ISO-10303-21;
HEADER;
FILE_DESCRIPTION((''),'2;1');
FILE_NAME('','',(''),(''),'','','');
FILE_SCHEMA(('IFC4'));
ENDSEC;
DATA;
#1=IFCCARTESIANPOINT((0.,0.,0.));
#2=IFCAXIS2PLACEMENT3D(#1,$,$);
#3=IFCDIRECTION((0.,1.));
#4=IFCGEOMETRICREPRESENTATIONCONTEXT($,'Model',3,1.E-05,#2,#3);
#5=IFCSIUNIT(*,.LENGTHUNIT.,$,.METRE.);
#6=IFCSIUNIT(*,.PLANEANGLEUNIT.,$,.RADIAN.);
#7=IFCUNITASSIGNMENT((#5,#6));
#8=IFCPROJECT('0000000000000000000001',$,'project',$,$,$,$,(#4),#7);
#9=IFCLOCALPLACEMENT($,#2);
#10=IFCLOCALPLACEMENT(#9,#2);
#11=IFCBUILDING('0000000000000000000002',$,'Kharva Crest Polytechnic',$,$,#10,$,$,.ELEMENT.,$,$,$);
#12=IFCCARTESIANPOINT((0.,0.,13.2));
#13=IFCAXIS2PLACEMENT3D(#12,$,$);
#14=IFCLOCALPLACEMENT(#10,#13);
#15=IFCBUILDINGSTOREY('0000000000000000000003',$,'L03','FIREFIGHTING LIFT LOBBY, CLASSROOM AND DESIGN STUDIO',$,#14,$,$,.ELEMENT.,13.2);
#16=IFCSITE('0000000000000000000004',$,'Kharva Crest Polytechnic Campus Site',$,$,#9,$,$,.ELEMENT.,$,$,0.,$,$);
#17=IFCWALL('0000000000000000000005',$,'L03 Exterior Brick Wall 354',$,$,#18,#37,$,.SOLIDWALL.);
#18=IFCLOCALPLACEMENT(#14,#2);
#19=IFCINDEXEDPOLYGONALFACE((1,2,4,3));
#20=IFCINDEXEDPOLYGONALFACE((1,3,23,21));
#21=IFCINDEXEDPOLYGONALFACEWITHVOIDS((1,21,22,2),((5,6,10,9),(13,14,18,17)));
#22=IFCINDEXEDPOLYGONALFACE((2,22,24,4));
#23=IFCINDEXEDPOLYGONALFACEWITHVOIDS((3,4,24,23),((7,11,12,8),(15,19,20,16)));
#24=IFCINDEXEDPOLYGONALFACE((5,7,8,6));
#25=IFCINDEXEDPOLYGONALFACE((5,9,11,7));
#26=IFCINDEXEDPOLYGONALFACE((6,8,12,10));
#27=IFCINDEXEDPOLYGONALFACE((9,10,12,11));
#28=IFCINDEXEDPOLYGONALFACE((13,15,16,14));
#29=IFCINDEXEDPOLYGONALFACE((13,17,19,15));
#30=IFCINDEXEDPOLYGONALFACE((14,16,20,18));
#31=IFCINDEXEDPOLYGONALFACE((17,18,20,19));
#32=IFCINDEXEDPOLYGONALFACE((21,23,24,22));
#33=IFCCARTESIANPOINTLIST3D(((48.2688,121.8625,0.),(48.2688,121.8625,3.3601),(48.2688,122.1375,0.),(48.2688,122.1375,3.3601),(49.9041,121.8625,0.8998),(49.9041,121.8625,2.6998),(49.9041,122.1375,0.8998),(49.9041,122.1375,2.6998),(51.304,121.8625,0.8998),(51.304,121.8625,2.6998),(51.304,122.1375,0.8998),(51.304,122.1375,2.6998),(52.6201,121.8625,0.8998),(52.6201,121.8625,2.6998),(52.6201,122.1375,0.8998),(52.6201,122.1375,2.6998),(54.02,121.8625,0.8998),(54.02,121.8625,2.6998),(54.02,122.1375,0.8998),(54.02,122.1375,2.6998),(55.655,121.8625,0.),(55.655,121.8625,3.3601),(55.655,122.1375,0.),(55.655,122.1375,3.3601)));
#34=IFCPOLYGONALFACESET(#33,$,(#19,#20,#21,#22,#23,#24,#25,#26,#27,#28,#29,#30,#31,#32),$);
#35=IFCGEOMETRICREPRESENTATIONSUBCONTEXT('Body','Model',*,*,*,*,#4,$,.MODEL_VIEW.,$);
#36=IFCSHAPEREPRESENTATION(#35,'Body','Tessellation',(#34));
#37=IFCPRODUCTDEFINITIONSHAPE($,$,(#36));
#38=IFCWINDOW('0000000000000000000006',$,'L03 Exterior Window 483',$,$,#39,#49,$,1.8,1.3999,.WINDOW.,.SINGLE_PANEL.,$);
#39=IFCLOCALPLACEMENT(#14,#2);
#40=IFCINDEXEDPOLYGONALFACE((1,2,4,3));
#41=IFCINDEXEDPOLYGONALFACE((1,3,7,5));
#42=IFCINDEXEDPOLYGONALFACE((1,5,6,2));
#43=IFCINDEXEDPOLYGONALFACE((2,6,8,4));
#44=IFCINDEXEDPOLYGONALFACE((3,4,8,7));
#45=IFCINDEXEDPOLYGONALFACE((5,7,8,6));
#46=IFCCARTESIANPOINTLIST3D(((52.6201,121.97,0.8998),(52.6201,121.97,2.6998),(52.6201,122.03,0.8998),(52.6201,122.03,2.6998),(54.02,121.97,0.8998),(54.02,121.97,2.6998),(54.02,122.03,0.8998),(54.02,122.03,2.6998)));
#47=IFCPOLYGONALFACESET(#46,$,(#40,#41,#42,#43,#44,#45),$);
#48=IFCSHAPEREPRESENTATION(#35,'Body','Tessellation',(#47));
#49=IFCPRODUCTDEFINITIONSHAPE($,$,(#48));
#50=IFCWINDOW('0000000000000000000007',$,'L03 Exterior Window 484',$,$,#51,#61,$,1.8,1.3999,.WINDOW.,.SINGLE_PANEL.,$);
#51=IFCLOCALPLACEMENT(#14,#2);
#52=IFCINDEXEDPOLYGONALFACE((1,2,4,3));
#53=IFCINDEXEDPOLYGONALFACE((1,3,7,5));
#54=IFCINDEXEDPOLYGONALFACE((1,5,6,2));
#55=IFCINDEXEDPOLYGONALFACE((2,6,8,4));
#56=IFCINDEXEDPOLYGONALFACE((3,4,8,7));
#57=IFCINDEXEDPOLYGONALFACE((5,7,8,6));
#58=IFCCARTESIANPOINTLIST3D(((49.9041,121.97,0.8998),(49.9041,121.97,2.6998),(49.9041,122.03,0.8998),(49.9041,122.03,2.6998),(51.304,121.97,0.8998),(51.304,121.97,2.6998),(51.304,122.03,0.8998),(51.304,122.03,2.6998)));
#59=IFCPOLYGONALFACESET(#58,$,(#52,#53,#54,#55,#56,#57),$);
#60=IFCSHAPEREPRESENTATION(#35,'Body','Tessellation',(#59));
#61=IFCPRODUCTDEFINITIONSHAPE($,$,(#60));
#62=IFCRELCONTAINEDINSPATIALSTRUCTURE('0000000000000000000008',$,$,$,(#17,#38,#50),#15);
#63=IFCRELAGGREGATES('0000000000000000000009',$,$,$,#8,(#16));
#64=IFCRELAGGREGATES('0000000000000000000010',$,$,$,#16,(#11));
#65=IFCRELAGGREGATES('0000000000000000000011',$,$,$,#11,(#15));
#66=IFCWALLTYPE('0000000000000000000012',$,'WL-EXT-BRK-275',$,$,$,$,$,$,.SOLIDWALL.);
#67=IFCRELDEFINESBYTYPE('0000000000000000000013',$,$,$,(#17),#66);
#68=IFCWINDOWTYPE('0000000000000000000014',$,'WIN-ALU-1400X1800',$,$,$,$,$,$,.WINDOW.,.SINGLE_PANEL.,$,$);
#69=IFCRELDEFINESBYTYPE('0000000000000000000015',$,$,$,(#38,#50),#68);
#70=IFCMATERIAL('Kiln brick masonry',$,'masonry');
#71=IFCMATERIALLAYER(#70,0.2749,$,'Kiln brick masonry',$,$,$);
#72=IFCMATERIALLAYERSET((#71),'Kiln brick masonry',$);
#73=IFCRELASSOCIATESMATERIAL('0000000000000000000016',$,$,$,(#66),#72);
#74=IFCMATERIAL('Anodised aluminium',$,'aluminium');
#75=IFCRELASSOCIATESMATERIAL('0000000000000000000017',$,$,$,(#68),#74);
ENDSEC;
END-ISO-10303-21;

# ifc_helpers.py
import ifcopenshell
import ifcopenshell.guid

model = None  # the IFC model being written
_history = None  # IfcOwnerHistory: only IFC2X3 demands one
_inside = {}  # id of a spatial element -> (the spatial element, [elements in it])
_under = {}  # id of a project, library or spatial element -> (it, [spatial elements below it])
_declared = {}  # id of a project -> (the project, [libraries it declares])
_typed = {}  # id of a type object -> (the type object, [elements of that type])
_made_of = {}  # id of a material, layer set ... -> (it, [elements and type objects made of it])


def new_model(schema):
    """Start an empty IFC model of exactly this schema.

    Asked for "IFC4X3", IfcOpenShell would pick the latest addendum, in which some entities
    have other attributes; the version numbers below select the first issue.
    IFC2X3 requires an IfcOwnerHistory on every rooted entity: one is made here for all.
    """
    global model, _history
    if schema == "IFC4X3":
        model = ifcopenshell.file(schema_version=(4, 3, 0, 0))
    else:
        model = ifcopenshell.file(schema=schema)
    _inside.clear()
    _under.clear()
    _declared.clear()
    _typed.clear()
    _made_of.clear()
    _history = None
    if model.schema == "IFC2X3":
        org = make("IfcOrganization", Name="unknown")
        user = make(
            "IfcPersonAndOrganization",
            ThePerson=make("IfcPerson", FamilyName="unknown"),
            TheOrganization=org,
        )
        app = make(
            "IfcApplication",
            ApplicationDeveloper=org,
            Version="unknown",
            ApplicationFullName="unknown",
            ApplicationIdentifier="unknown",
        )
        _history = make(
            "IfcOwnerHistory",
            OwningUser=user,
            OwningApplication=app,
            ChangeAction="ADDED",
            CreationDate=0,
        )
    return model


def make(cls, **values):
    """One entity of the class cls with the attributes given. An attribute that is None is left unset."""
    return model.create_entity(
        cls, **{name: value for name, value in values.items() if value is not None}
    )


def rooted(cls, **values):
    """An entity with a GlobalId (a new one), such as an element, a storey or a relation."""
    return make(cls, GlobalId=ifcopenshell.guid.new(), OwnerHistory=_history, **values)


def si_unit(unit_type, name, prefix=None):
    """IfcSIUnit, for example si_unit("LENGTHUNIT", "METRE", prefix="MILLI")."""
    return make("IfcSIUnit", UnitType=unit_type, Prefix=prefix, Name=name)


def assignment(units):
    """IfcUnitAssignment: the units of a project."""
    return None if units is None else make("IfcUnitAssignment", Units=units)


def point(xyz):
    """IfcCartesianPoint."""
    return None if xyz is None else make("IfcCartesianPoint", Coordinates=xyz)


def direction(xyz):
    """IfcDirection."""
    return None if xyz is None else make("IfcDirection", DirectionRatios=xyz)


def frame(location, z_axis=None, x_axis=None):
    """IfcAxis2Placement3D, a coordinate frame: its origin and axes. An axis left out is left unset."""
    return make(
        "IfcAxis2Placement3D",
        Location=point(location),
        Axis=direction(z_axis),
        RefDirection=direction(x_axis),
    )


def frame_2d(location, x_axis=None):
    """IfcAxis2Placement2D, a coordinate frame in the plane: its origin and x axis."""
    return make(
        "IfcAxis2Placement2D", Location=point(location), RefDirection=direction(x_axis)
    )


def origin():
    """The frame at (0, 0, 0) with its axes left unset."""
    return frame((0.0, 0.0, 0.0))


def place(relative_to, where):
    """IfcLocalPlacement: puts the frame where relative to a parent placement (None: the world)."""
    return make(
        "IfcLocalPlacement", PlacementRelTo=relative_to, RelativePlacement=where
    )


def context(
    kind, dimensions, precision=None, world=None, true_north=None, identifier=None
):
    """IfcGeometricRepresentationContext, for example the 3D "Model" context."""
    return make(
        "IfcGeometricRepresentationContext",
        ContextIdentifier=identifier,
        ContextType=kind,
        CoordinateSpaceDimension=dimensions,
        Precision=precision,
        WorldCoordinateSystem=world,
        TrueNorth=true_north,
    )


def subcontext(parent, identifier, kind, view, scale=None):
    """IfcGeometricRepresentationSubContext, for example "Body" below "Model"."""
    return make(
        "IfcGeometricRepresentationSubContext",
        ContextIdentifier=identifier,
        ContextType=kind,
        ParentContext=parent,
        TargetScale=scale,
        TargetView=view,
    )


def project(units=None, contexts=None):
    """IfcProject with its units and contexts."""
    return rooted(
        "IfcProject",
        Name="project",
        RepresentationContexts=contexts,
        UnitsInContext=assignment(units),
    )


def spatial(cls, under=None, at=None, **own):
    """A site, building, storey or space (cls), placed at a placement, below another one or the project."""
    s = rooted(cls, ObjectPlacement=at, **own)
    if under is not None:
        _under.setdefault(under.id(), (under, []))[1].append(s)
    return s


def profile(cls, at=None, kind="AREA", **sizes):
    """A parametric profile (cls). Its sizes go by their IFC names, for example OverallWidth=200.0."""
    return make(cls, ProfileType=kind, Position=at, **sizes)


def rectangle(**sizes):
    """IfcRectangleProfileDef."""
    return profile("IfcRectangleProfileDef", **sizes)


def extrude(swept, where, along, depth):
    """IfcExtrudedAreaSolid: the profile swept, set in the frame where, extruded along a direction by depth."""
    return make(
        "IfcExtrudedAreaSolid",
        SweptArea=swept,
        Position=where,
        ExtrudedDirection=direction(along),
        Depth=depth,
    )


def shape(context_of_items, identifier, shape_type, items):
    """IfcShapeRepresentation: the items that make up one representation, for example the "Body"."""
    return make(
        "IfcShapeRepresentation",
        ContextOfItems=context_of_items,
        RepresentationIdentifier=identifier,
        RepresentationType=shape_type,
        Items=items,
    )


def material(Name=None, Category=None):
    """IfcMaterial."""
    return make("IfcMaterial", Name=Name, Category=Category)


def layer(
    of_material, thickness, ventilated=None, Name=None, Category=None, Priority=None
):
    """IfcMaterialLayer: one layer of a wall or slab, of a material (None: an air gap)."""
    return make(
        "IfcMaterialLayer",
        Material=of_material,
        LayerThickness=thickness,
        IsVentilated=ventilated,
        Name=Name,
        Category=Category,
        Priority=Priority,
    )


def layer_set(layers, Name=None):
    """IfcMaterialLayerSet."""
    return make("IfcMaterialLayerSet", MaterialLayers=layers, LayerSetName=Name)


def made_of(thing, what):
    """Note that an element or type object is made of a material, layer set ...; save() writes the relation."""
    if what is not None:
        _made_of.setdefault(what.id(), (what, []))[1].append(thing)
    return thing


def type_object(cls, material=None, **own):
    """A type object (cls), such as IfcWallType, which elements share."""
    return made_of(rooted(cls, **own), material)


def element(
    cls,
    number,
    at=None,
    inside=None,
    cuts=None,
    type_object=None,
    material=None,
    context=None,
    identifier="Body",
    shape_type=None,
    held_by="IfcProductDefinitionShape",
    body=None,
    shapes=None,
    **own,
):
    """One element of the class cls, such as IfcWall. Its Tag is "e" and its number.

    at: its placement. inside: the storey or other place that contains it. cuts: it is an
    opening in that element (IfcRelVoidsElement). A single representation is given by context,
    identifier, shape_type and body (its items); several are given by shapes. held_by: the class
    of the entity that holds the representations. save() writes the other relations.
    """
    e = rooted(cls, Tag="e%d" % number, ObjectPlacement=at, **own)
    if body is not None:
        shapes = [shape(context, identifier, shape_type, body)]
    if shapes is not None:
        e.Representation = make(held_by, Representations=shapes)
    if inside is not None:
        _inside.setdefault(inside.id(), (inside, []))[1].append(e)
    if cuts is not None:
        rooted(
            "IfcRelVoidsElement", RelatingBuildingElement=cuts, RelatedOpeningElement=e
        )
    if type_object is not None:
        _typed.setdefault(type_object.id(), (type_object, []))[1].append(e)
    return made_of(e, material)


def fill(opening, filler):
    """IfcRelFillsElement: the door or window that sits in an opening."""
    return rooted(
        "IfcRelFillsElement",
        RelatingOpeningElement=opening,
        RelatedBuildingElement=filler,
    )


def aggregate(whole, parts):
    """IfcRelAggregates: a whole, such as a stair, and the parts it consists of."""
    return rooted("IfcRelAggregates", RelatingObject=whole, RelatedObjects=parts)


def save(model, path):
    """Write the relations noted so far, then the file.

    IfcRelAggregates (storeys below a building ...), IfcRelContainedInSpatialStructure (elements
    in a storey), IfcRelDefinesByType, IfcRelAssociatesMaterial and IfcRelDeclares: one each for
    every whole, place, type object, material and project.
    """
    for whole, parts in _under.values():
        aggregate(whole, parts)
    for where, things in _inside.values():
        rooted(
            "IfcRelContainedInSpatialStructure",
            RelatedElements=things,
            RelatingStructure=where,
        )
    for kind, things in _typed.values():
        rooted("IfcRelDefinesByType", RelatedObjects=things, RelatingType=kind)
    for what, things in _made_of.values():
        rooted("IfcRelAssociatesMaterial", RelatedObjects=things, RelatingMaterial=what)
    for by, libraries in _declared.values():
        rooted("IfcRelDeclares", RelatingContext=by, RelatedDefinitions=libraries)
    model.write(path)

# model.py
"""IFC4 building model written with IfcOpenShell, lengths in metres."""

from ifc_helpers import new_model, si_unit, direction, frame, frame_2d, origin, place, context, subcontext, project, spatial, rectangle, extrude, material, layer, layer_set, type_object, element, fill, save


model = new_model("IFC4")

# Units and contexts
model_context = context("Model", 3, precision=1e-05, world=origin(), true_north=direction((0.0, 1.0)))
body_context = subcontext(model_context, "Body", "Model", "MODEL_VIEW")
ifc_project = project(units=[si_unit("LENGTHUNIT", "METRE"), si_unit("PLANEANGLEUNIT", "RADIAN")], contexts=[model_context])

# Site, building, storey
site_placement = place(None, origin())
site = spatial("IfcSite", under=ifc_project, at=site_placement, Name="Kharva Crest Polytechnic Campus Site", CompositionType="ELEMENT", RefElevation=0.0)
building_placement = place(site_placement, origin())
building = spatial("IfcBuilding", under=site, at=building_placement, Name="Kharva Crest Polytechnic", CompositionType="ELEMENT")
storey_placement = place(building_placement, frame((0.0, 0.0, 13.2)))
storey = spatial("IfcBuildingStorey", under=building, at=storey_placement, Name="L03", Description="FIREFIGHTING LIFT LOBBY, CLASSROOM AND DESIGN STUDIO", CompositionType="ELEMENT", Elevation=13.2)

# Wall, openings, windows
ifc_material_1 = material(Name="Kiln brick masonry", Category="masonry")
ifc_layer_1 = layer(ifc_material_1, 0.2749, Name="Kiln brick masonry")
ifc_layer_set_1 = layer_set([ifc_layer_1], Name="Kiln brick masonry")
wall_type = type_object("IfcWallType", Name="WL-EXT-BRK-275", PredefinedType="SOLIDWALL", material=ifc_layer_set_1)
wall_placement = place(storey_placement, frame((55.655, 122.0, 0.0), z_axis=(0.0, 0.0, 1.0), x_axis=(-1.0, 0.0, 0.0)))
wall = element("IfcWall", 1, at=wall_placement, inside=storey, type_object=wall_type, Name="L03 Exterior Brick Wall 354", PredefinedType="SOLIDWALL", context=body_context, shape_type="SweptSolid", body=[
    extrude(rectangle(XDim=7.3862, YDim=0.2749, at=frame_2d((3.6931, 0.0))), origin(), (0.0, 0.0, 1.0), 3.3601),
])
opening_1_placement = place(wall_placement, frame((1.635, 0.0, 0.8999)))
opening_1 = element("IfcOpeningElement", 2, at=opening_1_placement, cuts=wall, PredefinedType="OPENING", context=body_context, shape_type="SweptSolid", body=[
    extrude(rectangle(XDim=1.3999, YDim=1.8, at=frame_2d((0.7, 0.8999))), frame((0.0, 0.1475, 0.0), z_axis=(0.0, -1.0, 0.0), x_axis=(1.0, 0.0, 0.0)), (0.0, 0.0, 1.0), 0.2949),
])
opening_2_placement = place(wall_placement, frame((4.3511, 0.0, 0.8999)))
opening_2 = element("IfcOpeningElement", 3, at=opening_2_placement, cuts=wall, PredefinedType="OPENING", context=body_context, shape_type="SweptSolid", body=[
    extrude(rectangle(XDim=1.3999, YDim=1.8, at=frame_2d((0.7, 0.8999))), frame((0.0, 0.1475, 0.0), z_axis=(0.0, -1.0, 0.0), x_axis=(1.0, 0.0, 0.0)), (0.0, 0.0, 1.0), 0.2949),
])
ifc_material_2 = material(Name="Anodised aluminium", Category="aluminium")
window_type = type_object("IfcWindowType", Name="WIN-ALU-1400X1800", PartitioningType="SINGLE_PANEL", PredefinedType="WINDOW", material=ifc_material_2)
window_1_placement = place(opening_1_placement, origin())
window_1 = element("IfcWindow", 4, at=window_1_placement, inside=storey, type_object=window_type, Name="L03 Exterior Window 483", OverallHeight=1.8, OverallWidth=1.3999, PartitioningType="SINGLE_PANEL", PredefinedType="WINDOW", context=body_context, shape_type="SweptSolid", body=[
    extrude(rectangle(XDim=1.3999, YDim=1.8, at=frame_2d((0.7, 0.8999))), frame((0.0, 0.03, 0.0), z_axis=(0.0, -1.0, 0.0), x_axis=(1.0, 0.0, 0.0)), (0.0, 0.0, 1.0), 0.0601),
])
fill(opening_1, window_1)
window_2_placement = place(opening_2_placement, origin())
window_2 = element("IfcWindow", 5, at=window_2_placement, inside=storey, type_object=window_type, Name="L03 Exterior Window 484", OverallHeight=1.8, OverallWidth=1.3999, PartitioningType="SINGLE_PANEL", PredefinedType="WINDOW", context=body_context, shape_type="SweptSolid", body=[
    extrude(rectangle(XDim=1.3999, YDim=1.8, at=frame_2d((0.7, 0.8999))), frame((0.0, 0.03, 0.0), z_axis=(0.0, -1.0, 0.0), x_axis=(1.0, 0.0, 0.0)), (0.0, 0.0, 1.0), 0.0601),
])
fill(opening_2, window_2)

save(model, "model.ifc")
